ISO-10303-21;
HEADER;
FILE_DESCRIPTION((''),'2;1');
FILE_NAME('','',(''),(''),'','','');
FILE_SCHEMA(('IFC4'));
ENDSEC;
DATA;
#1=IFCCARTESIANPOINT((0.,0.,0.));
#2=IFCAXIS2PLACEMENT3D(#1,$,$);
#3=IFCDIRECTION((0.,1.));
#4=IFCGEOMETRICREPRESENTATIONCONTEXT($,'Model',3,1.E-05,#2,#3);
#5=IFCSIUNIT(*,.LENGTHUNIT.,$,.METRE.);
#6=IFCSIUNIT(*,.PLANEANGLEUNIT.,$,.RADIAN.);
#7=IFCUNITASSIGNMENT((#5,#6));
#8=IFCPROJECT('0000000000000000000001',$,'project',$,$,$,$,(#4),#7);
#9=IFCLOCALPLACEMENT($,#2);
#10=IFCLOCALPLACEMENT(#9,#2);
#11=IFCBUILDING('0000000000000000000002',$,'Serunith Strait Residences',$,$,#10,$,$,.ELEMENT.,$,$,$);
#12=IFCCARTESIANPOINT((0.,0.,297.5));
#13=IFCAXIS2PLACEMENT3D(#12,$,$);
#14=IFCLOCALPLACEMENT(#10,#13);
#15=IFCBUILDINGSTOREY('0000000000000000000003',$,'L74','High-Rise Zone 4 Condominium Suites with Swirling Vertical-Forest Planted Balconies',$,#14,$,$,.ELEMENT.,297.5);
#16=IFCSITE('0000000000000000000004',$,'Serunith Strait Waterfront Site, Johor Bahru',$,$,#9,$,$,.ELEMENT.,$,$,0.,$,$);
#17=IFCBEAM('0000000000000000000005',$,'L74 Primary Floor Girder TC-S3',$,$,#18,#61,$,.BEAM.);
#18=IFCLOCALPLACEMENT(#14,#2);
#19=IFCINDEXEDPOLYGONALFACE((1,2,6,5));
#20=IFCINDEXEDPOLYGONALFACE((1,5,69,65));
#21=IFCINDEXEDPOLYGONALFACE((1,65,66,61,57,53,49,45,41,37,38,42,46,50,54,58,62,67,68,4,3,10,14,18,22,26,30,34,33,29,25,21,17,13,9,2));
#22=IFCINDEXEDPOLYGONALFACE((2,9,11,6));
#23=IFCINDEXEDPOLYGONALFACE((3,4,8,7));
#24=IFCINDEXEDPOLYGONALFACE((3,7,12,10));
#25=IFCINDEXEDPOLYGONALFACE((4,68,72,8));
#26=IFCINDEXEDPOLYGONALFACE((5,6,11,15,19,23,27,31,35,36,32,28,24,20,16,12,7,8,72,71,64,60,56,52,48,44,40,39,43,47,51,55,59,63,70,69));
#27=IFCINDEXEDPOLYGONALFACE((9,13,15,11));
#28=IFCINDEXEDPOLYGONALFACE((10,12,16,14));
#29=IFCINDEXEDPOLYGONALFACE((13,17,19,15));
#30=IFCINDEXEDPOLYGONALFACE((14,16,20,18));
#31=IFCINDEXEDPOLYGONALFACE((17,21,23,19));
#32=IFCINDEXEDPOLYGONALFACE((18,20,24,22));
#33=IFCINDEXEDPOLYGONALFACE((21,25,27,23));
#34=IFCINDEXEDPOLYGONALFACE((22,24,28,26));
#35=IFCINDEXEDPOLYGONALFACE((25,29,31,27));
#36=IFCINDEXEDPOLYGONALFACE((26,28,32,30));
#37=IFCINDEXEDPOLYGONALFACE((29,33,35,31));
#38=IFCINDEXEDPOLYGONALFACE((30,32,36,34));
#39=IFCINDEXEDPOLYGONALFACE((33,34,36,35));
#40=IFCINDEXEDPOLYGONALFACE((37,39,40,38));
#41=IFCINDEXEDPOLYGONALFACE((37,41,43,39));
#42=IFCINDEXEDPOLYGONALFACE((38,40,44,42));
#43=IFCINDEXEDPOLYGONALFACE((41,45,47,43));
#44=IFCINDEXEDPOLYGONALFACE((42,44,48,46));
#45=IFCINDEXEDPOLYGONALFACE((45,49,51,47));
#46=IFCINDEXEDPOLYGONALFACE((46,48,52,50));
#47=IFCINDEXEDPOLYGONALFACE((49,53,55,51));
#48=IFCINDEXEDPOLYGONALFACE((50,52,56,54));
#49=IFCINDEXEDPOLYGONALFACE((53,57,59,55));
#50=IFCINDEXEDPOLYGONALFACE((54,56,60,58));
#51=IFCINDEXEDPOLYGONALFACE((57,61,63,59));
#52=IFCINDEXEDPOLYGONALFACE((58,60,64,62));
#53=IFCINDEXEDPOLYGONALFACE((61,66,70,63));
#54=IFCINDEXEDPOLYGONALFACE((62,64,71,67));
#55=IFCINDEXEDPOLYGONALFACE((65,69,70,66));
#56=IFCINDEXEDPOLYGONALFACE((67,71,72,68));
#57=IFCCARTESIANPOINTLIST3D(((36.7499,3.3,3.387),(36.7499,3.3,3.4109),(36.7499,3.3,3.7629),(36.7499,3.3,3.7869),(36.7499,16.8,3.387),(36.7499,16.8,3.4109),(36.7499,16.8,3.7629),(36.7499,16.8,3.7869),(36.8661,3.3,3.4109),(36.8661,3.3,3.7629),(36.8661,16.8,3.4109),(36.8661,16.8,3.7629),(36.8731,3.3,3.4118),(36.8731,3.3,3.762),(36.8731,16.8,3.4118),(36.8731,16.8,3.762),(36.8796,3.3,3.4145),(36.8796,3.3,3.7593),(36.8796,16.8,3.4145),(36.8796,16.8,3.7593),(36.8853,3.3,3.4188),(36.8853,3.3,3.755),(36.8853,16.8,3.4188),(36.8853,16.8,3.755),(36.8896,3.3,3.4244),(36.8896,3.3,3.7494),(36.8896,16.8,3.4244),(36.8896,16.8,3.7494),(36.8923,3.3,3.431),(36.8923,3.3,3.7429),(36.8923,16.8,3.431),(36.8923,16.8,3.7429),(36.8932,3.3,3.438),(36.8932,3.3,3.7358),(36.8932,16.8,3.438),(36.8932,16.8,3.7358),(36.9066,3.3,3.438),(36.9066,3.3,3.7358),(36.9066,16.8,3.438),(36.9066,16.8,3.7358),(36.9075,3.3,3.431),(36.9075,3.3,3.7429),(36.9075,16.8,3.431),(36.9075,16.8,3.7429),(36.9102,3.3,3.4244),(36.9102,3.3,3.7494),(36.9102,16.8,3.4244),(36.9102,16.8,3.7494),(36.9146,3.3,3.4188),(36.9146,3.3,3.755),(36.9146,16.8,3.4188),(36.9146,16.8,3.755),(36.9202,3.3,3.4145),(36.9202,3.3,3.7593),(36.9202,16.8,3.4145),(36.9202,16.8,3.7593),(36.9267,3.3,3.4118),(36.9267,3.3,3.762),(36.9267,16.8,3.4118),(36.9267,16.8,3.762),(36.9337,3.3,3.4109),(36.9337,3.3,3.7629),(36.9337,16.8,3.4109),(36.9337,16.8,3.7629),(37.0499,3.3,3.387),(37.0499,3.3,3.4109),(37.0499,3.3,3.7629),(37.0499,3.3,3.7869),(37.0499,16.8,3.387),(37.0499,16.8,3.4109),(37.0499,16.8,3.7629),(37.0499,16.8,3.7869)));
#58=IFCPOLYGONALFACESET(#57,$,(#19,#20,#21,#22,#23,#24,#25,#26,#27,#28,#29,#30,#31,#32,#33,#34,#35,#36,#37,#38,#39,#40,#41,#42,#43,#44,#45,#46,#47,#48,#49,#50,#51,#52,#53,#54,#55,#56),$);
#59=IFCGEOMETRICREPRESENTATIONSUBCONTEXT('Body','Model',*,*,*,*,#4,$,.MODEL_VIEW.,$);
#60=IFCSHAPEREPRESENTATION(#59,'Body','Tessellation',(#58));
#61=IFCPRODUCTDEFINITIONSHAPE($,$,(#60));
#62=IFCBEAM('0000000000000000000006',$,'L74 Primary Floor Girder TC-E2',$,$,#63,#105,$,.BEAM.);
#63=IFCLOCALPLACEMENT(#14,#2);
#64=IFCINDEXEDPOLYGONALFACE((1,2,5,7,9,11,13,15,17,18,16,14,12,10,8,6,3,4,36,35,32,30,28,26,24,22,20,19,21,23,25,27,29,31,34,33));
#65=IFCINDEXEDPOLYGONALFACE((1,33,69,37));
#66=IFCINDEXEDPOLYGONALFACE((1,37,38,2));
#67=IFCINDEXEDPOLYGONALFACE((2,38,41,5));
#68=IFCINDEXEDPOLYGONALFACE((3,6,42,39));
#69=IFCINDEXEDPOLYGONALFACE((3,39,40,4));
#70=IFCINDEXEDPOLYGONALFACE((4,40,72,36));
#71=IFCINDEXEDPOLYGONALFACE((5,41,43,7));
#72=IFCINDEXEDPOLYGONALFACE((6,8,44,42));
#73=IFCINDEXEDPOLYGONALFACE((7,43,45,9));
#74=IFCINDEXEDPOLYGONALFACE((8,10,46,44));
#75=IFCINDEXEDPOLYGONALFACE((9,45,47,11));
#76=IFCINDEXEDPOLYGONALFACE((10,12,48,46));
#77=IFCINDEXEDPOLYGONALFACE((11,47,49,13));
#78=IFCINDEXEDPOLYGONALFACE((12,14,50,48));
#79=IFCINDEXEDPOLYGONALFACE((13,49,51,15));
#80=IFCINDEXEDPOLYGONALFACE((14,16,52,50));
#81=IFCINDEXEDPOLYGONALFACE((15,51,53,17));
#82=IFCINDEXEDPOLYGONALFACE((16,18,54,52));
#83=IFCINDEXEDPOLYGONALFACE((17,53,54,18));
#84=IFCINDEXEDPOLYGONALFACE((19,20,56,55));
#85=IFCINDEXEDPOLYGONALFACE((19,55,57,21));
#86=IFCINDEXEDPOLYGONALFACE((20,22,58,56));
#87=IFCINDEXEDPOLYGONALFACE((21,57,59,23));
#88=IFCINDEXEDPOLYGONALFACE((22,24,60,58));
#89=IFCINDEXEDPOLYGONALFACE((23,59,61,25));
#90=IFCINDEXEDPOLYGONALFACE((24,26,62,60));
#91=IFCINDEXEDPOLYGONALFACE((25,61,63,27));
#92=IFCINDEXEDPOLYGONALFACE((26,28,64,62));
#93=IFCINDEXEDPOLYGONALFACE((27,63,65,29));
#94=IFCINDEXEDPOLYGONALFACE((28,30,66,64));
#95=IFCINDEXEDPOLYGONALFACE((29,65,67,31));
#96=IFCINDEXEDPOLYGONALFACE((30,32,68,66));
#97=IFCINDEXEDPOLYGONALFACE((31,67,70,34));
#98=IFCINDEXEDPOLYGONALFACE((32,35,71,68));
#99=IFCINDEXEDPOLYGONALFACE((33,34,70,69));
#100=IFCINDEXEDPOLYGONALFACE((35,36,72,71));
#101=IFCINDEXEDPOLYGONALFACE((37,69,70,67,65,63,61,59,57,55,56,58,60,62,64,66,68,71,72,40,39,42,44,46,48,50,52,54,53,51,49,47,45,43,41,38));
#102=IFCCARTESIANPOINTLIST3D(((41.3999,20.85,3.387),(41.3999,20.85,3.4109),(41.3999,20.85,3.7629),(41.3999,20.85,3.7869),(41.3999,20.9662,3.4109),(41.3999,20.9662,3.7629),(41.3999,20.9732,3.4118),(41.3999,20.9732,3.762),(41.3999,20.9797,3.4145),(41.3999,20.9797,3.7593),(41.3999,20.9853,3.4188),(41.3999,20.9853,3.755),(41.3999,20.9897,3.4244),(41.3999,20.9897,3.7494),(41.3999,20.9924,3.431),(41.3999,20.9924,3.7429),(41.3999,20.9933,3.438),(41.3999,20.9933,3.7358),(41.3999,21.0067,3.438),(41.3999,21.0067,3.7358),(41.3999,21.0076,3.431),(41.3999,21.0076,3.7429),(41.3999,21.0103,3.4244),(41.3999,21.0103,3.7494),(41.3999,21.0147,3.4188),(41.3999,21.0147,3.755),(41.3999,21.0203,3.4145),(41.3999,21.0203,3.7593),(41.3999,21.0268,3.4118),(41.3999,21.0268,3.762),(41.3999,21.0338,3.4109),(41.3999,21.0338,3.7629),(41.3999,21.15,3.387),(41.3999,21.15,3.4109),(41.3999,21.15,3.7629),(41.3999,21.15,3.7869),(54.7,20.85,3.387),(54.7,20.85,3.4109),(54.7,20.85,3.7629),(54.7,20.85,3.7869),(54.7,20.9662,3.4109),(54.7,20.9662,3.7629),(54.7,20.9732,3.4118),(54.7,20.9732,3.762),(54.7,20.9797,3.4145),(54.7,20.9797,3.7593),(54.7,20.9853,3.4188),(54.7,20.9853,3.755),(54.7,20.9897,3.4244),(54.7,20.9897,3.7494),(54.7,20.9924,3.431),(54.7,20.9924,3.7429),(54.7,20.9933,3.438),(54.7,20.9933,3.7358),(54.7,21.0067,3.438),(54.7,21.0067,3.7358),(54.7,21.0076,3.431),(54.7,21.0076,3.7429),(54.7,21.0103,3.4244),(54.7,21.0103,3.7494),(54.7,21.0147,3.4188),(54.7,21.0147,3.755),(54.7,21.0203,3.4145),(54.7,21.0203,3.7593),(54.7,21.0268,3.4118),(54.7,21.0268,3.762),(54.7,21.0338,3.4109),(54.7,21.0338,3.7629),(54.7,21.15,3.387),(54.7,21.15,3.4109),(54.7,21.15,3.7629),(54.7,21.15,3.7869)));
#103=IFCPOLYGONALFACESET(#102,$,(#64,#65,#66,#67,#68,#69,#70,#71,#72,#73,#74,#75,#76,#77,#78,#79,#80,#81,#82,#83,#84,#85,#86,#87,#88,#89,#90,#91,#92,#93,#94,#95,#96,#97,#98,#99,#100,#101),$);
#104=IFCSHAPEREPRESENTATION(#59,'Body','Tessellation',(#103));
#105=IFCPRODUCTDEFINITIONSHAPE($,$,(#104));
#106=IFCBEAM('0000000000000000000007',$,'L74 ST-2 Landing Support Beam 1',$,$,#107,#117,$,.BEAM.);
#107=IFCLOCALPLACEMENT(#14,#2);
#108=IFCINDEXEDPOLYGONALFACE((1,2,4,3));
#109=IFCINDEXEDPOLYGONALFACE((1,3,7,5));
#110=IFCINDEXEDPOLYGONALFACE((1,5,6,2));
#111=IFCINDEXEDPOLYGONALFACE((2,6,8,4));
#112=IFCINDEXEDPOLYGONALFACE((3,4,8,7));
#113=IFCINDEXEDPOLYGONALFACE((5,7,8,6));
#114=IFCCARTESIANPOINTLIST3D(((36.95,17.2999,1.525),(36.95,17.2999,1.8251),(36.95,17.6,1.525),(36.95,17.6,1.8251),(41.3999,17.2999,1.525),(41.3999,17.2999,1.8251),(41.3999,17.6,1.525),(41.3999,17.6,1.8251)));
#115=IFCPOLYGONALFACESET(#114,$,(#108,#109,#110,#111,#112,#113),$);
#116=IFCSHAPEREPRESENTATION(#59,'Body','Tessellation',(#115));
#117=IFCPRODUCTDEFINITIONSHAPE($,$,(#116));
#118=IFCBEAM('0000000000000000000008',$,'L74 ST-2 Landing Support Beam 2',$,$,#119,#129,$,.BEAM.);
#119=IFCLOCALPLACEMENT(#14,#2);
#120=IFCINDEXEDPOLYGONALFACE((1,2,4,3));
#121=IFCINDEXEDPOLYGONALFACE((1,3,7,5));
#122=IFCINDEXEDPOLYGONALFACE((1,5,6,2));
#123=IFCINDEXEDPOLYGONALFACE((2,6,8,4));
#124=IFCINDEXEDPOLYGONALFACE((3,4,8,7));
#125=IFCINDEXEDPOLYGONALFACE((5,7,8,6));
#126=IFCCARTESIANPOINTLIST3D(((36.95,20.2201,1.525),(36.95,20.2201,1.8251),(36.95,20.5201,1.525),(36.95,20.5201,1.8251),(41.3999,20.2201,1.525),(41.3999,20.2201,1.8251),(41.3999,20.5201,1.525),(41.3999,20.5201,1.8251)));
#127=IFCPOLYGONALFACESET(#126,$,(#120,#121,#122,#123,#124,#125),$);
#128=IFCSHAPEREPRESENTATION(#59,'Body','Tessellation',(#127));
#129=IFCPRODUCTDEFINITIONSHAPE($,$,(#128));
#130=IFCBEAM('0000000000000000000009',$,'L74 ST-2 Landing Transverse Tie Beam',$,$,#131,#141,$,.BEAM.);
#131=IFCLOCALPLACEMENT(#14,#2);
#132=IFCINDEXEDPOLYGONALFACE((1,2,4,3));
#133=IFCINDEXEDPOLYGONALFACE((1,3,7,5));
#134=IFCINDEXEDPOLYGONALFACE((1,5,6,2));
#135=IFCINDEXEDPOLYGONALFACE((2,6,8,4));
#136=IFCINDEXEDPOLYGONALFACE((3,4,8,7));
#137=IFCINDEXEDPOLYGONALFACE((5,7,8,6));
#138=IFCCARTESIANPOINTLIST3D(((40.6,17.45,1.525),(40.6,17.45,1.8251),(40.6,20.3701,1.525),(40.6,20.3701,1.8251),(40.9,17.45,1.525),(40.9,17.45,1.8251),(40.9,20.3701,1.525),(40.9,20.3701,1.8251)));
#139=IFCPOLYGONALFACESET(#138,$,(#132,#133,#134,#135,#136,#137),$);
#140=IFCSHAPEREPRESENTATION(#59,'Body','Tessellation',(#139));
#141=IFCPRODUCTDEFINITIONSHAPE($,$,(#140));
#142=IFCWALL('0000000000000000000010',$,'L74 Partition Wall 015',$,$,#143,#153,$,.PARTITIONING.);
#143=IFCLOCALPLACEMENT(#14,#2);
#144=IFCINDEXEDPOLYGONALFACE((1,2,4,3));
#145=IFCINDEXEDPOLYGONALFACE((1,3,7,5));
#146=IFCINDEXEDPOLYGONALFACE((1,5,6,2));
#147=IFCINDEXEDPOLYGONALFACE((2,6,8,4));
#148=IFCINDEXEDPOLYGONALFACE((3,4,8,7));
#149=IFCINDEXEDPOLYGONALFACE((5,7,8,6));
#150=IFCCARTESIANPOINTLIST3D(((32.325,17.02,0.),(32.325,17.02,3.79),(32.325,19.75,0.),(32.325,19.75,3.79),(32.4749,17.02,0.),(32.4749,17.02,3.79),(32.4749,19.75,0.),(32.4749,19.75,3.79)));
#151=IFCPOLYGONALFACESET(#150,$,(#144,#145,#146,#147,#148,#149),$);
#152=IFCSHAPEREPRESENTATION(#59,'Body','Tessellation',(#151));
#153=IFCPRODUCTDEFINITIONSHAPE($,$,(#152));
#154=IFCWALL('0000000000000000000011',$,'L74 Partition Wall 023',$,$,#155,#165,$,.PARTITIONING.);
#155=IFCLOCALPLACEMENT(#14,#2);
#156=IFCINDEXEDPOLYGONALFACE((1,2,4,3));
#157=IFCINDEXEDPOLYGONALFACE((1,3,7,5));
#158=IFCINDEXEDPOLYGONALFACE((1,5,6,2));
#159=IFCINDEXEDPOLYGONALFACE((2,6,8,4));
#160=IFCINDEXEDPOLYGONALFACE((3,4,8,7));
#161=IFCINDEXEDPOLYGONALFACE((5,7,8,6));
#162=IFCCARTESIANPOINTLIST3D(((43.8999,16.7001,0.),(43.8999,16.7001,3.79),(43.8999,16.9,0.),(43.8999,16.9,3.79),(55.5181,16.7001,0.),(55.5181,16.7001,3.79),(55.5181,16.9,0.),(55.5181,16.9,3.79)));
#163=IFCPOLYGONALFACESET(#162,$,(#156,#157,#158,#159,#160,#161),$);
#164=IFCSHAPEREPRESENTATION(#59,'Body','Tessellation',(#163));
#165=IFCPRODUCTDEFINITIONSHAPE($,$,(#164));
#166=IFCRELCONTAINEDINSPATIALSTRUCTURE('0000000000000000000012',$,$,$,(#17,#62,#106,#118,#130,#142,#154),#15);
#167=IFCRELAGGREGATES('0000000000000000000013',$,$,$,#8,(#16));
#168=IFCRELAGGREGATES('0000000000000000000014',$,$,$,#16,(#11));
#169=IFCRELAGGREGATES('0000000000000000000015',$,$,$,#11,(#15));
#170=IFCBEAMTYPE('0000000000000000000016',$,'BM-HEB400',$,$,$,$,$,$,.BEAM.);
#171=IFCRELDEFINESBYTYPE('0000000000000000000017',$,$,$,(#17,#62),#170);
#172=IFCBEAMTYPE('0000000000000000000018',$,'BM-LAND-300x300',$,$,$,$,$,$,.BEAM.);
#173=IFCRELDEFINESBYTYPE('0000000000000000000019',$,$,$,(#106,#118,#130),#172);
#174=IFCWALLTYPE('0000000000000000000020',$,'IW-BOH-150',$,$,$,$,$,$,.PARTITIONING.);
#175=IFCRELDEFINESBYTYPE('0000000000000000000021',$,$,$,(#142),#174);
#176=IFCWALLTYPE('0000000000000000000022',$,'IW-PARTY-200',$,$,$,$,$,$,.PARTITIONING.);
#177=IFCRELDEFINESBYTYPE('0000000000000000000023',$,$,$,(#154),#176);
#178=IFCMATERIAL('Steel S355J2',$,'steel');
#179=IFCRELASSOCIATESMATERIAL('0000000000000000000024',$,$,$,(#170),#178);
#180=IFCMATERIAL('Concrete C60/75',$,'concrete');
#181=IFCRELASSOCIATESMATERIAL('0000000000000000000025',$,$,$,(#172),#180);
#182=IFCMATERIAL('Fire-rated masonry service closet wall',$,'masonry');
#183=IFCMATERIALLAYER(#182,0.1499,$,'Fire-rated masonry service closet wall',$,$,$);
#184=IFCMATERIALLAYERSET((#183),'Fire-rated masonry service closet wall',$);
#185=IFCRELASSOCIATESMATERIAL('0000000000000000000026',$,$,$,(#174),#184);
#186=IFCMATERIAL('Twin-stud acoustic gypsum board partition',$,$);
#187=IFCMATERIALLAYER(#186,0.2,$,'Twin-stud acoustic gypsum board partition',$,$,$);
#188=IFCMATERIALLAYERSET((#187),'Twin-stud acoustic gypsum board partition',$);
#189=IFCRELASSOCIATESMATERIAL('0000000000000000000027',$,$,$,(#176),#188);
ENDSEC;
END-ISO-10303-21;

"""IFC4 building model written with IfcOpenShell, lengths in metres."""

from ifc_helpers import new_model, si_unit, direction, frame, frame_2d, origin, origin_2d, place, context, subcontext, project, spatial, rectangle, i_section, extrude, source, transform, mapped, material, layer, layer_set, material_profile, profile_set, type_object, element, save


model = new_model("IFC4")

# Units and contexts
model_context = context("Model", 3, precision=1e-05, world=origin(), true_north=direction((0.0, 1.0)))
body_context = subcontext(model_context, "Body", "Model", "MODEL_VIEW")
ifc_project = project(units=[si_unit("LENGTHUNIT", "METRE"), si_unit("PLANEANGLEUNIT", "RADIAN")], contexts=[model_context])

# Site, building, storey
site_placement = place(None, origin())
site = spatial("IfcSite", under=ifc_project, at=site_placement, Name="Serunith Strait Waterfront Site, Johor Bahru", CompositionType="ELEMENT", RefElevation=0.0)
building_placement = place(site_placement, origin())
building = spatial("IfcBuilding", under=site, at=building_placement, Name="Serunith Strait Residences", CompositionType="ELEMENT")
storey_placement = place(building_placement, frame((0.0, 0.0, 297.5)))
storey = spatial("IfcBuildingStorey", under=building, at=storey_placement, Name="L74", Description="High-Rise Zone 4 Condominium Suites with Swirling Vertical-Forest Planted Balconies", CompositionType="ELEMENT", Elevation=297.5)

# Beams
ifc_material_1 = material(Name="Steel S355J2", Category="steel")
ifc_material_profile_1 = material_profile(ifc_material_1, i_section(OverallWidth=0.3, OverallDepth=0.3999, WebThickness=0.0134, FlangeThickness=0.0239, FilletRadius=0.0271, at=origin_2d()), Name="HEB 400")
ifc_profile_set_1 = profile_set([ifc_material_profile_1], Name="Steel S355J2")
beam_type_1 = type_object("IfcBeamType", Name="BM-HEB400", PredefinedType="BEAM", material=ifc_profile_set_1)
shared_shape_1 = source(origin(), body_context, "Body", "SweptSolid", [
    extrude(i_section(OverallWidth=0.3, OverallDepth=0.3999, WebThickness=0.0134, FlangeThickness=0.0239, FilletRadius=0.0271, at=origin_2d()), origin(), (0.0, 0.0, 1.0), 13.5),
])
beam_1_placement = place(storey_placement, frame((36.8999, 16.8, 3.5869), z_axis=(0.0, -1.0, 0.0), x_axis=(1.0, 0.0, 0.0)))
element("IfcBeam", 1, at=beam_1_placement, inside=storey, type_object=beam_type_1, Name="L74 Primary Floor Girder TC-S3", PredefinedType="BEAM", context=body_context, shape_type="MappedRepresentation", body=[
    mapped(shared_shape_1, transform((0.0, 0.0, 0.0), scale=1.0)),
])
shared_shape_2 = source(origin(), body_context, "Body", "SweptSolid", [
    extrude(i_section(OverallWidth=0.3, OverallDepth=0.3999, WebThickness=0.0134, FlangeThickness=0.0239, FilletRadius=0.0271, at=origin_2d()), origin(), (0.0, 0.0, 1.0), 13.3),
])
beam_2_placement = place(storey_placement, frame((41.3999, 21.0, 3.5869), z_axis=(1.0, 0.0, 0.0), x_axis=(0.0, 1.0, 0.0)))
element("IfcBeam", 2, at=beam_2_placement, inside=storey, type_object=beam_type_1, Name="L74 Primary Floor Girder TC-E2", PredefinedType="BEAM", context=body_context, shape_type="MappedRepresentation", body=[
    mapped(shared_shape_2, transform((0.0, 0.0, 0.0), scale=1.0)),
])
ifc_material_2 = material(Name="Concrete C60/75", Category="concrete")
ifc_material_profile_2 = material_profile(ifc_material_2, rectangle(XDim=0.3, YDim=0.3, at=origin_2d()), Name="RC 300x300")
ifc_profile_set_2 = profile_set([ifc_material_profile_2], Name="Concrete C60/75")
beam_type_2 = type_object("IfcBeamType", Name="BM-LAND-300x300", PredefinedType="BEAM", material=ifc_profile_set_2)
shared_shape_3 = source(origin(), body_context, "Body", "SweptSolid", [
    extrude(rectangle(XDim=0.3, YDim=0.3, at=origin_2d()), origin(), (0.0, 0.0, 1.0), 4.45),
])
for number, where, z_axis, x_axis, name in (
    (3, (36.95, 17.45, 1.675), (1.0, 0.0, 0.0), (0.0, 1.0, 0.0), "L74 ST-2 Landing Support Beam 1"),
    (4, (36.95, 20.3701, 1.675), (1.0, 0.0, 0.0), (0.0, 1.0, 0.0), "L74 ST-2 Landing Support Beam 2"),
):
    element("IfcBeam", number, at=place(storey_placement, frame(where, z_axis=z_axis, x_axis=x_axis)), inside=storey, type_object=beam_type_2, Name=name, PredefinedType="BEAM", context=body_context, shape_type="MappedRepresentation", body=[
        mapped(shared_shape_3, transform((0.0, 0.0, 0.0), scale=1.0)),
    ])
shared_shape_4 = source(origin(), body_context, "Body", "SweptSolid", [
    extrude(rectangle(XDim=0.3, YDim=0.3, at=origin_2d()), origin(), (0.0, 0.0, 1.0), 2.9202),
])
beam_3_placement = place(storey_placement, frame((40.75, 17.45, 1.675), z_axis=(0.0, 1.0, 0.0), x_axis=(-1.0, 0.0, 0.0)))
element("IfcBeam", 5, at=beam_3_placement, inside=storey, type_object=beam_type_2, Name="L74 ST-2 Landing Transverse Tie Beam", PredefinedType="BEAM", context=body_context, shape_type="MappedRepresentation", body=[
    mapped(shared_shape_4, transform((0.0, 0.0, 0.0), scale=1.0)),
])

# Wall
ifc_material_3 = material(Name="Fire-rated masonry service closet wall", Category="masonry")
ifc_layer_1 = layer(ifc_material_3, 0.1499, Name="Fire-rated masonry service closet wall")
ifc_layer_set_1 = layer_set([ifc_layer_1], Name="Fire-rated masonry service closet wall")
wall_type_1 = type_object("IfcWallType", Name="IW-BOH-150", PredefinedType="PARTITIONING", material=ifc_layer_set_1)
wall_1_placement = place(storey_placement, frame((32.3999, 17.02, 0.0), z_axis=(0.0, 0.0, 1.0), x_axis=(0.0, 1.0, 0.0)))
element("IfcWall", 6, at=wall_1_placement, inside=storey, type_object=wall_type_1, Name="L74 Partition Wall 015", PredefinedType="PARTITIONING", context=body_context, shape_type="SweptSolid", body=[
    extrude(rectangle(XDim=2.73, YDim=0.1499, at=frame_2d((1.365, 0.0))), origin(), (0.0, 0.0, 1.0), 3.79),
])

# Wall
ifc_material_4 = material(Name="Twin-stud acoustic gypsum board partition")
ifc_layer_2 = layer(ifc_material_4, 0.2, Name="Twin-stud acoustic gypsum board partition")
ifc_layer_set_2 = layer_set([ifc_layer_2], Name="Twin-stud acoustic gypsum board partition")
wall_type_2 = type_object("IfcWallType", Name="IW-PARTY-200", PredefinedType="PARTITIONING", material=ifc_layer_set_2)
wall_2_placement = place(storey_placement, frame((43.8999, 16.8, 0.0), z_axis=(0.0, 0.0, 1.0), x_axis=(1.0, 0.0, 0.0)))
element("IfcWall", 7, at=wall_2_placement, inside=storey, type_object=wall_type_2, Name="L74 Partition Wall 023", PredefinedType="PARTITIONING", context=body_context, shape_type="SweptSolid", body=[
    extrude(rectangle(XDim=11.6182, YDim=0.2, at=frame_2d((5.8091, 0.0))), origin(), (0.0, 0.0, 1.0), 3.79),
])

save(model, "model.ifc")
